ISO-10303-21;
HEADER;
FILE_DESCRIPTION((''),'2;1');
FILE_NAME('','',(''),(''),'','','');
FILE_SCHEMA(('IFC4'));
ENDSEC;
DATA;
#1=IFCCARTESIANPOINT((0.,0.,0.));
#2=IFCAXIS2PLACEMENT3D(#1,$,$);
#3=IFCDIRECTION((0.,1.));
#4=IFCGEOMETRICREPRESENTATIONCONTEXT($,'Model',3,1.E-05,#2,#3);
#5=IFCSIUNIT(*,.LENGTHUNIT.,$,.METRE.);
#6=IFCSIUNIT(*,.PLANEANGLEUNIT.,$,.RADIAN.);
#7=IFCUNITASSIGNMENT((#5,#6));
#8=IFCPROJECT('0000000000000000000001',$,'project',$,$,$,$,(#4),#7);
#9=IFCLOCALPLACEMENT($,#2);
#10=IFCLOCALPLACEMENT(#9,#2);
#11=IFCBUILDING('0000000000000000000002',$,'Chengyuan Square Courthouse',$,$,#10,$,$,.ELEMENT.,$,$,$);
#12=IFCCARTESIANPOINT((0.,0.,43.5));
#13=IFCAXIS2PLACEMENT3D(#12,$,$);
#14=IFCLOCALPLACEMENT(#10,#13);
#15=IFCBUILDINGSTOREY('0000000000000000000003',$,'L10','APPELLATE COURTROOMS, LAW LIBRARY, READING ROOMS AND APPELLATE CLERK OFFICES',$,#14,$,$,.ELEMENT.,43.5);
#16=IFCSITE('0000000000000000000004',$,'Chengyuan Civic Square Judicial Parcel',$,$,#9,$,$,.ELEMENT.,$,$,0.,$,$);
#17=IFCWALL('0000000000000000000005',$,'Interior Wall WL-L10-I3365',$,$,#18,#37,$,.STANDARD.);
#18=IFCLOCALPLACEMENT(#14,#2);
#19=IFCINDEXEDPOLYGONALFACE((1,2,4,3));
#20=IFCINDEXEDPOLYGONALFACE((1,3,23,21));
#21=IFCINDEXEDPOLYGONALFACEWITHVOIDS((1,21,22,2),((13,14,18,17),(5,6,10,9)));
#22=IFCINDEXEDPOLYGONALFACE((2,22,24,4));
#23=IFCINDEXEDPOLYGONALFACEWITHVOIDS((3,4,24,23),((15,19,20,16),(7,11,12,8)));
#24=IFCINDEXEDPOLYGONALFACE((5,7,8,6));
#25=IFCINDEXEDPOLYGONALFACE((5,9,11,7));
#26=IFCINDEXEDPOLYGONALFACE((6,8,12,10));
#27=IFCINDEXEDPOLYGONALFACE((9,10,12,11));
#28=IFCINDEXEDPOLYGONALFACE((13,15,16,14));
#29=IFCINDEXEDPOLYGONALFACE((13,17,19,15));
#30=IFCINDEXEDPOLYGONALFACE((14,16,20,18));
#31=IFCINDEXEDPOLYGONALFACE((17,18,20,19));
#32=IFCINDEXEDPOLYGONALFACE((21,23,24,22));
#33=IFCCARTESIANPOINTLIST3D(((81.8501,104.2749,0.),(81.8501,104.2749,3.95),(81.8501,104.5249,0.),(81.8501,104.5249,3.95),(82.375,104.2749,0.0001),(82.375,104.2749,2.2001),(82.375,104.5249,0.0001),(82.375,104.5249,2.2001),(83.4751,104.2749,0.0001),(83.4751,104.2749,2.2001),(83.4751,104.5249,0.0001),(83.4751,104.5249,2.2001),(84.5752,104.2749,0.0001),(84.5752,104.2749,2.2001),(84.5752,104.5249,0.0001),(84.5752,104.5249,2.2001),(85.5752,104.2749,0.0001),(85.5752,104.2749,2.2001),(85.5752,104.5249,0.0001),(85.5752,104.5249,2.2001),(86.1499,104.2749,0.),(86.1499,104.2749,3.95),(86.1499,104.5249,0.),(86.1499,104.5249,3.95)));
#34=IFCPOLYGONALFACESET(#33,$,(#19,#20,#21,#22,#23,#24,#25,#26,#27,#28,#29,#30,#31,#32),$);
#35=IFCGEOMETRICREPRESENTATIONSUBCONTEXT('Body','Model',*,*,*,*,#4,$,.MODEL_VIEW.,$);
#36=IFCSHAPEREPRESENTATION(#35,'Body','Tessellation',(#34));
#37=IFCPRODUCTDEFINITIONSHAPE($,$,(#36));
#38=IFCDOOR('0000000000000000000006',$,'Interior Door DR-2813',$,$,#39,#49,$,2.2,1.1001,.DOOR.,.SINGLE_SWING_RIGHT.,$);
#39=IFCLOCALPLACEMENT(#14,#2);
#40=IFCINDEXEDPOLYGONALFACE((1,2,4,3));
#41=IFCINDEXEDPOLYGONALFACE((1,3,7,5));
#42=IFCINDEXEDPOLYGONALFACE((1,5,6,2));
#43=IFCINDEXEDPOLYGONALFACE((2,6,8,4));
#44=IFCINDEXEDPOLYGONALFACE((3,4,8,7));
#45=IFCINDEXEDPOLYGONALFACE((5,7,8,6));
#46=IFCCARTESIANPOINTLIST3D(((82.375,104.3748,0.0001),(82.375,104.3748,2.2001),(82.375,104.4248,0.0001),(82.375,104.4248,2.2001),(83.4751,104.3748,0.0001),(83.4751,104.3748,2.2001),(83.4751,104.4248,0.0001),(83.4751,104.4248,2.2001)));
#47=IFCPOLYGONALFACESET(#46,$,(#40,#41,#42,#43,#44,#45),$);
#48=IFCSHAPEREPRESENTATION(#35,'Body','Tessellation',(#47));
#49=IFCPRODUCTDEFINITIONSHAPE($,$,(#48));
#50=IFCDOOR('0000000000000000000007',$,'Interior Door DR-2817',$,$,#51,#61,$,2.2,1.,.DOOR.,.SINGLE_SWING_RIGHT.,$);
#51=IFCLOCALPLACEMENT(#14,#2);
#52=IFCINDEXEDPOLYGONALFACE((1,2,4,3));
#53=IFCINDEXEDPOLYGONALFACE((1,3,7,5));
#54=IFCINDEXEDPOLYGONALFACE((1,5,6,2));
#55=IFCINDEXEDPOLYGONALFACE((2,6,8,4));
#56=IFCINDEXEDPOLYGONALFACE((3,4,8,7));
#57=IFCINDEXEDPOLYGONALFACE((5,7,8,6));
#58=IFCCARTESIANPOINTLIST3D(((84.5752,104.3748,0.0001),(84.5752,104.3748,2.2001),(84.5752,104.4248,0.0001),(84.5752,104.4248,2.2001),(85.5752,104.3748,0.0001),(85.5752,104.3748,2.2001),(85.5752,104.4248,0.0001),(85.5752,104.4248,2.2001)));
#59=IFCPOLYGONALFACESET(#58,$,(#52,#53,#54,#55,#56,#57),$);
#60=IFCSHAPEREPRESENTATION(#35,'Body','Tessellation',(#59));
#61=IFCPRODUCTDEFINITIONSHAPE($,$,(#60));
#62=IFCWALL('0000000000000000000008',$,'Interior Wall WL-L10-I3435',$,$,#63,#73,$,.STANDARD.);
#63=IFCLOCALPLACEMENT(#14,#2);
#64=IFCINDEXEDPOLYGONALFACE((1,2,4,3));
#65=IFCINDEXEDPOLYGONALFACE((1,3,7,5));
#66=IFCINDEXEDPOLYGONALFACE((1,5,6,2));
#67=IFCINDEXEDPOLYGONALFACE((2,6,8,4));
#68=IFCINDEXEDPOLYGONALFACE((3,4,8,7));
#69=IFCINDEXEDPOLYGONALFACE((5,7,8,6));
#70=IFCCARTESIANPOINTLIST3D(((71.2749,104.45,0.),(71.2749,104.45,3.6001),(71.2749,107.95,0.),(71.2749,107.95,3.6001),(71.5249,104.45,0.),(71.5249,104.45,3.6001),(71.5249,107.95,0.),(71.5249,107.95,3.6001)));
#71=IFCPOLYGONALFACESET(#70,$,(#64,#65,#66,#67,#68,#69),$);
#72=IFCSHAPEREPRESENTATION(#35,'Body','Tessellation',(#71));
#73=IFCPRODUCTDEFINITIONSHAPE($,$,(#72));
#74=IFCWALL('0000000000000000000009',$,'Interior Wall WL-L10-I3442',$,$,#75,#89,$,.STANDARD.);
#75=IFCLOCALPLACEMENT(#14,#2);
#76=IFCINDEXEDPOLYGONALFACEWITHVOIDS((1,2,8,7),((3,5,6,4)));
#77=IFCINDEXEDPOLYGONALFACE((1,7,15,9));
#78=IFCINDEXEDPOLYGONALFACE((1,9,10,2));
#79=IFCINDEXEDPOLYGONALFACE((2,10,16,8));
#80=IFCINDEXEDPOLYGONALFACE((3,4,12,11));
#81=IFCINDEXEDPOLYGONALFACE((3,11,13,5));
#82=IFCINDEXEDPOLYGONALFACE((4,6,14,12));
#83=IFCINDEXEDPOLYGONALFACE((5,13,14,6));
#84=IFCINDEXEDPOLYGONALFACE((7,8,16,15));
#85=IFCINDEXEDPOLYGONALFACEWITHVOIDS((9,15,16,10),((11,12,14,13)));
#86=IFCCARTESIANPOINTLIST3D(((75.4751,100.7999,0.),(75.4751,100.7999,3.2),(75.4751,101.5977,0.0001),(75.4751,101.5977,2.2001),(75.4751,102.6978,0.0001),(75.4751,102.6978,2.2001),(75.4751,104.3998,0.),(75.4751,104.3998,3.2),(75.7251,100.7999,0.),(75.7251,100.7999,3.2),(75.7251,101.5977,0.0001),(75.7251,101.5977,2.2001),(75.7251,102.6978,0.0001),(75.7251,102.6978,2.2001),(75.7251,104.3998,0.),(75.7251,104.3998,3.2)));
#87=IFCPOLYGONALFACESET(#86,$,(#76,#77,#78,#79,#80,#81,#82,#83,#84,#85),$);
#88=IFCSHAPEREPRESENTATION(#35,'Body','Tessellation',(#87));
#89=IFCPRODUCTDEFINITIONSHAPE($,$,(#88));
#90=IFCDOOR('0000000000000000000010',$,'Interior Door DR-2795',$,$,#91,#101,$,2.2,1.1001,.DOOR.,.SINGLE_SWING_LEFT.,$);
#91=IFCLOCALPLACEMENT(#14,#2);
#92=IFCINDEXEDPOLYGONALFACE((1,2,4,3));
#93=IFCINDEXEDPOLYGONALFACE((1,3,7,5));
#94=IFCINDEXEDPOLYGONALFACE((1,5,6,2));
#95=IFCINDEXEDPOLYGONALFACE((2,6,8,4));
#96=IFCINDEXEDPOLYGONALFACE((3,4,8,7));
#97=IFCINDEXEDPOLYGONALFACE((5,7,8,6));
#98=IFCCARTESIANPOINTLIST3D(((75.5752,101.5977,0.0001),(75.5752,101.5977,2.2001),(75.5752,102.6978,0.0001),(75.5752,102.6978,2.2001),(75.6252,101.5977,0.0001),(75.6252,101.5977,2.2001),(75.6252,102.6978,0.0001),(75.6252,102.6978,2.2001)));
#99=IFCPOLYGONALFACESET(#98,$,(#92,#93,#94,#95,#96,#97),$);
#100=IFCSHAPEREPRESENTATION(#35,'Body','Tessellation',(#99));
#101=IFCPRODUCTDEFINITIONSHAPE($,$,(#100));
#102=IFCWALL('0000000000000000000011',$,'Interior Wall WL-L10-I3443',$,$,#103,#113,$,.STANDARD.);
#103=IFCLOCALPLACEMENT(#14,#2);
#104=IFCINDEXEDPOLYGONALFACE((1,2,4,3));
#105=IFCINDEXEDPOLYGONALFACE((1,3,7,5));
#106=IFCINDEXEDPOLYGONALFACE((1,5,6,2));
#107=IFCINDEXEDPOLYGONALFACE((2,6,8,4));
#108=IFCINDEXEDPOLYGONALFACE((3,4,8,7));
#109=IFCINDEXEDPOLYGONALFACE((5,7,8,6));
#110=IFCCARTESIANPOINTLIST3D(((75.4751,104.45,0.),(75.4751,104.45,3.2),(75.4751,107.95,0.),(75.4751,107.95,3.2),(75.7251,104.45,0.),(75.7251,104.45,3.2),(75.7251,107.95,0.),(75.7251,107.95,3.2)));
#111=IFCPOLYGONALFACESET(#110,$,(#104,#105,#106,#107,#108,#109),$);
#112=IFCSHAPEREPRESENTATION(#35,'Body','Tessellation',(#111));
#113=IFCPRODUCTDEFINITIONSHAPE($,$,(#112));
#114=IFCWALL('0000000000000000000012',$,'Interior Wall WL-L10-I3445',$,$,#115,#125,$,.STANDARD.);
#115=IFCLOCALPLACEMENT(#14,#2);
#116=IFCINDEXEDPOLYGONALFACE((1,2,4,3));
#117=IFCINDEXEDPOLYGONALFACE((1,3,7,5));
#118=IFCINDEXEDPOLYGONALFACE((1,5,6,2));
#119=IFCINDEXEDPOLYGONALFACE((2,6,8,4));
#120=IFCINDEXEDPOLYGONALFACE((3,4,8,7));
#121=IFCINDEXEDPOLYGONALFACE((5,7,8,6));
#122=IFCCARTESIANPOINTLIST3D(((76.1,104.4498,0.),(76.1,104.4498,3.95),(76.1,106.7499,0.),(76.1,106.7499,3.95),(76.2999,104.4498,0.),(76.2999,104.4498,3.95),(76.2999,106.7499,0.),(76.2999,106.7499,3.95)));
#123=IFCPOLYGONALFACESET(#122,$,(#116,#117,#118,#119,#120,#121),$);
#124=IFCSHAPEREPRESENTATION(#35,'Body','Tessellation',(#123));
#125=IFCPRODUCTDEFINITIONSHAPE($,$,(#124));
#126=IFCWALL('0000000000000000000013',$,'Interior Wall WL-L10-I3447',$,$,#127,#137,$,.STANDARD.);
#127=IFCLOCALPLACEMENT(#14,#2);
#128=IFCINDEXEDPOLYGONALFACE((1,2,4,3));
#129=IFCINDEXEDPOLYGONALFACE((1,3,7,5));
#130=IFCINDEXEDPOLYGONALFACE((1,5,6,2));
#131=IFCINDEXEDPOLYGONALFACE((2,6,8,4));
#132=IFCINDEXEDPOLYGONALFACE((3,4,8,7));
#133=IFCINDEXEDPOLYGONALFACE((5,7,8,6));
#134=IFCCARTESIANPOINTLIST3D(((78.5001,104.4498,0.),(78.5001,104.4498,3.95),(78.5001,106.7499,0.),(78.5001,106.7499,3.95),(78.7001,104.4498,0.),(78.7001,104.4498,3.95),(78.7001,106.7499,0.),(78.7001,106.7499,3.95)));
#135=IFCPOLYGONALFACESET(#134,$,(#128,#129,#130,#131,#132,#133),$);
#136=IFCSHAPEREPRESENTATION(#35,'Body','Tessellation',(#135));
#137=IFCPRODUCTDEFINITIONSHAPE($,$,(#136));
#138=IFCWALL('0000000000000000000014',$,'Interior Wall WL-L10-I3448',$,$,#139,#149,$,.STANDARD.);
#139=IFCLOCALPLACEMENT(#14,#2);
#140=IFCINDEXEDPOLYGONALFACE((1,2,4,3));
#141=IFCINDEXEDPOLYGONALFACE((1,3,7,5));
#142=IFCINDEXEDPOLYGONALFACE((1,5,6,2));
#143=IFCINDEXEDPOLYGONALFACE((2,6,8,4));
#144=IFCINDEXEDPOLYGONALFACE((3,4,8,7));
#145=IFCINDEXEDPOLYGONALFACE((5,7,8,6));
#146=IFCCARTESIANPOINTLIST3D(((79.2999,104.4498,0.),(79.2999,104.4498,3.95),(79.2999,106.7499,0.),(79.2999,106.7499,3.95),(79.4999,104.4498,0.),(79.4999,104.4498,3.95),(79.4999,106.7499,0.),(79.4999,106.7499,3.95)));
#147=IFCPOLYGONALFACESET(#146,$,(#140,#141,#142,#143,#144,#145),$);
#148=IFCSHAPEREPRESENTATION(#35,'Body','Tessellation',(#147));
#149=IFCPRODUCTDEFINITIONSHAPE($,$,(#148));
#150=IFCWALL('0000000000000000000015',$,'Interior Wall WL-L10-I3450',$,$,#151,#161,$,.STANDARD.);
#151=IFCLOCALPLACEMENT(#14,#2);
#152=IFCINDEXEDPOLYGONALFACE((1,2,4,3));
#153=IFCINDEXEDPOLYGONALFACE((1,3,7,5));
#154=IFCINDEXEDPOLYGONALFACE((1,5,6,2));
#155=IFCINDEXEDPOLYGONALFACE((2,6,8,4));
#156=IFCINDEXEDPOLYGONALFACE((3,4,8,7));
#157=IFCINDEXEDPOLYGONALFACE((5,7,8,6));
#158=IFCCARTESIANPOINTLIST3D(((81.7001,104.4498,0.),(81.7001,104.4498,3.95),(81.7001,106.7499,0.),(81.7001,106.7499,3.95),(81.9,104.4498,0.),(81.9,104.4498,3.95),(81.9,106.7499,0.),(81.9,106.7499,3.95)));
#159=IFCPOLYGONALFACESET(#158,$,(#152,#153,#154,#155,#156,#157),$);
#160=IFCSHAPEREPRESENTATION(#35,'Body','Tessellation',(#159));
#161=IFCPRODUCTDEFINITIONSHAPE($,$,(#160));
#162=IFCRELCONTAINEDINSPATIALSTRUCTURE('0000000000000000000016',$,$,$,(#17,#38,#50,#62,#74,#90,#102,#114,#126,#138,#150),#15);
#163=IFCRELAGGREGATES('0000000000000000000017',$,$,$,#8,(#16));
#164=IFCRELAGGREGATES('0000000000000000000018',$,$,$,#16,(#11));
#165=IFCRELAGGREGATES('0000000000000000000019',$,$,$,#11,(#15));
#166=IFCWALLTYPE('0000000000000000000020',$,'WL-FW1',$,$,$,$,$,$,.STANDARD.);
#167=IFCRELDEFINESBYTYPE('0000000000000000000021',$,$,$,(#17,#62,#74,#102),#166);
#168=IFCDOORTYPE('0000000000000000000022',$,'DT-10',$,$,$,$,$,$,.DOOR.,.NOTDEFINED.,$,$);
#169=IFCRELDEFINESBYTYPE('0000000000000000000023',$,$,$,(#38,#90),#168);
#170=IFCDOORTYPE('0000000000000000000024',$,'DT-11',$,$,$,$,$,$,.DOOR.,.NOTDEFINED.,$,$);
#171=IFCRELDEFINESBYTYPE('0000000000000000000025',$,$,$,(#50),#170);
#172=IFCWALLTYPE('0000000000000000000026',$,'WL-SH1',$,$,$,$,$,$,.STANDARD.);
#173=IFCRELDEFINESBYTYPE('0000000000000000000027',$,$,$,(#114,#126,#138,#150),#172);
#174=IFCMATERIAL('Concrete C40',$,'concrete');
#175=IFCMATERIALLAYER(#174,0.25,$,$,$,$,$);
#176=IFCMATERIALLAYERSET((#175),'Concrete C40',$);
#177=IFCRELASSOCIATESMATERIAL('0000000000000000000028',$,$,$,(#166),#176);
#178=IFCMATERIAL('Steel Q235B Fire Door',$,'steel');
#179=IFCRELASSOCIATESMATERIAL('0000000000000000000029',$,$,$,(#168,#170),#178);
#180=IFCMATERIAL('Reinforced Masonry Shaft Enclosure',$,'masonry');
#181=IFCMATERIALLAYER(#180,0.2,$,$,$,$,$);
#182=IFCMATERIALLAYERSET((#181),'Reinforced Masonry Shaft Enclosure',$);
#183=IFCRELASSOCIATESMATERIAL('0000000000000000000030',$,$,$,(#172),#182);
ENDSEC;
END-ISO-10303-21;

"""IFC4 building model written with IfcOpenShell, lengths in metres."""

from ifc_helpers import new_model, si_unit, direction, frame, frame_2d, origin, place, context, subcontext, project, spatial, rectangle, extrude, material, layer, layer_set, type_object, element, fill, save


model = new_model("IFC4")

# Units and contexts
model_context = context("Model", 3, precision=1e-05, world=origin(), true_north=direction((0.0, 1.0)))
body_context = subcontext(model_context, "Body", "Model", "MODEL_VIEW")
ifc_project = project(units=[si_unit("LENGTHUNIT", "METRE"), si_unit("PLANEANGLEUNIT", "RADIAN")], contexts=[model_context])

# Site, building, storey
site_placement = place(None, origin())
site = spatial("IfcSite", under=ifc_project, at=site_placement, Name="Chengyuan Civic Square Judicial Parcel", CompositionType="ELEMENT", RefElevation=0.0)
building_placement = place(site_placement, origin())
building = spatial("IfcBuilding", under=site, at=building_placement, Name="Chengyuan Square Courthouse", CompositionType="ELEMENT")
storey_placement = place(building_placement, frame((0.0, 0.0, 43.5)))
storey = spatial("IfcBuildingStorey", under=building, at=storey_placement, Name="L10", Description="APPELLATE COURTROOMS, LAW LIBRARY, READING ROOMS AND APPELLATE CLERK OFFICES", CompositionType="ELEMENT", Elevation=43.5)

# Shared definitions
ifc_material_1 = material(Name="Concrete C40", Category="concrete")
ifc_layer_1 = layer(ifc_material_1, 0.25)
ifc_layer_set_1 = layer_set([ifc_layer_1], Name="Concrete C40")
wall_type_1 = type_object("IfcWallType", Name="WL-FW1", PredefinedType="STANDARD", material=ifc_layer_set_1)
ifc_material_2 = material(Name="Steel Q235B Fire Door", Category="steel")

# Wall, openings, doors
wall_1_placement = place(storey_placement, frame((81.8501, 104.3999, 0.0), z_axis=(0.0, 0.0, 1.0), x_axis=(1.0, 0.0, 0.0)))
wall_1 = element("IfcWall", 1, at=wall_1_placement, inside=storey, type_object=wall_type_1, Name="Interior Wall WL-L10-I3365", PredefinedType="STANDARD", context=body_context, shape_type="SweptSolid", body=[
    extrude(rectangle(XDim=4.2998, YDim=0.25, at=frame_2d((2.1499, 0.0))), origin(), (0.0, 0.0, 1.0), 3.95),
])
opening_1_placement = place(wall_1_placement, frame((0.5249, 0.0, 0.0)))
opening_1 = element("IfcOpeningElement", 2, at=opening_1_placement, cuts=wall_1, PredefinedType="OPENING", context=body_context, shape_type="SweptSolid", body=[
    extrude(rectangle(XDim=1.1001, YDim=2.2, at=frame_2d((0.55, 1.1001))), frame((0.0, 0.137, 0.0), z_axis=(0.0, -1.0, 0.0), x_axis=(1.0, 0.0, 0.0)), (0.0, 0.0, 1.0), 0.2739),
])
opening_2_placement = place(wall_1_placement, frame((2.7251, 0.0, 0.0)))
opening_2 = element("IfcOpeningElement", 3, at=opening_2_placement, cuts=wall_1, PredefinedType="OPENING", context=body_context, shape_type="SweptSolid", body=[
    extrude(rectangle(XDim=1.0, YDim=2.2, at=frame_2d((0.5, 1.1001))), frame((0.0, 0.137, 0.0), z_axis=(0.0, -1.0, 0.0), x_axis=(1.0, 0.0, 0.0)), (0.0, 0.0, 1.0), 0.2739),
])
door_type_1 = type_object("IfcDoorType", Name="DT-10", OperationType="NOTDEFINED", PredefinedType="DOOR", material=ifc_material_2)
door_1_placement = place(opening_1_placement, origin())
door_1 = element("IfcDoor", 4, at=door_1_placement, inside=storey, type_object=door_type_1, Name="Interior Door DR-2813", OperationType="SINGLE_SWING_RIGHT", OverallHeight=2.2, OverallWidth=1.1001, PredefinedType="DOOR", context=body_context, shape_type="SweptSolid", body=[
    extrude(rectangle(XDim=1.1001, YDim=2.2, at=frame_2d((0.55, 1.1001))), frame((0.0, 0.0249, 0.0), z_axis=(0.0, -1.0, 0.0), x_axis=(1.0, 0.0, 0.0)), (0.0, 0.0, 1.0), 0.05),
])
fill(opening_1, door_1)
door_type_2 = type_object("IfcDoorType", Name="DT-11", OperationType="NOTDEFINED", PredefinedType="DOOR", material=ifc_material_2)
door_2_placement = place(opening_2_placement, origin())
door_2 = element("IfcDoor", 5, at=door_2_placement, inside=storey, type_object=door_type_2, Name="Interior Door DR-2817", OperationType="SINGLE_SWING_RIGHT", OverallHeight=2.2, OverallWidth=1.0, PredefinedType="DOOR", context=body_context, shape_type="SweptSolid", body=[
    extrude(rectangle(XDim=1.0, YDim=2.2, at=frame_2d((0.5, 1.1001))), frame((0.0, 0.0249, 0.0), z_axis=(0.0, -1.0, 0.0), x_axis=(1.0, 0.0, 0.0)), (0.0, 0.0, 1.0), 0.05),
])
fill(opening_2, door_2)

# Wall
wall_2_placement = place(storey_placement, frame((71.3999, 104.45, 0.0), z_axis=(0.0, 0.0, 1.0), x_axis=(0.0, 1.0, 0.0)))
element("IfcWall", 6, at=wall_2_placement, inside=storey, type_object=wall_type_1, Name="Interior Wall WL-L10-I3435", PredefinedType="STANDARD", context=body_context, shape_type="SweptSolid", body=[
    extrude(rectangle(XDim=3.5, YDim=0.25, at=frame_2d((1.75, 0.0))), origin(), (0.0, 0.0, 1.0), 3.6001),
])

# Wall, opening, door
wall_3_placement = place(storey_placement, frame((75.6001, 100.8, 0.0), z_axis=(0.0, 0.0, 1.0), x_axis=(0.0, 1.0, 0.0)))
wall_3 = element("IfcWall", 7, at=wall_3_placement, inside=storey, type_object=wall_type_1, Name="Interior Wall WL-L10-I3442", PredefinedType="STANDARD", context=body_context, shape_type="SweptSolid", body=[
    extrude(rectangle(XDim=3.5999, YDim=0.25, at=frame_2d((1.7998, 0.0))), origin(), (0.0, 0.0, 1.0), 3.2),
])
opening_3_placement = place(wall_3_placement, frame((0.7976, 0.0, 0.0)))
opening_3 = element("IfcOpeningElement", 8, at=opening_3_placement, cuts=wall_3, PredefinedType="OPENING", context=body_context, shape_type="SweptSolid", body=[
    extrude(rectangle(XDim=1.1001, YDim=2.2, at=frame_2d((0.55, 1.1001))), frame((0.0, 0.137, 0.0), z_axis=(0.0, -1.0, 0.0), x_axis=(1.0, 0.0, 0.0)), (0.0, 0.0, 1.0), 0.2739),
])
door_3_placement = place(opening_3_placement, origin())
door_3 = element("IfcDoor", 9, at=door_3_placement, inside=storey, type_object=door_type_1, Name="Interior Door DR-2795", OperationType="SINGLE_SWING_LEFT", OverallHeight=2.2, OverallWidth=1.1001, PredefinedType="DOOR", context=body_context, shape_type="SweptSolid", body=[
    extrude(rectangle(XDim=1.1001, YDim=2.2, at=frame_2d((0.55, 1.1001))), frame((0.0, 0.0249, 0.0), z_axis=(0.0, -1.0, 0.0), x_axis=(1.0, 0.0, 0.0)), (0.0, 0.0, 1.0), 0.05),
])
fill(opening_3, door_3)

# Wall
wall_4_placement = place(storey_placement, frame((75.6001, 104.45, 0.0), z_axis=(0.0, 0.0, 1.0), x_axis=(0.0, 1.0, 0.0)))
element("IfcWall", 10, at=wall_4_placement, inside=storey, type_object=wall_type_1, Name="Interior Wall WL-L10-I3443", PredefinedType="STANDARD", context=body_context, shape_type="SweptSolid", body=[
    extrude(rectangle(XDim=3.5, YDim=0.25, at=frame_2d((1.75, 0.0))), origin(), (0.0, 0.0, 1.0), 3.2),
])

# Shared definitions
ifc_material_3 = material(Name="Reinforced Masonry Shaft Enclosure", Category="masonry")
ifc_layer_2 = layer(ifc_material_3, 0.2)
ifc_layer_set_2 = layer_set([ifc_layer_2], Name="Reinforced Masonry Shaft Enclosure")
wall_type_2 = type_object("IfcWallType", Name="WL-SH1", PredefinedType="STANDARD", material=ifc_layer_set_2)

# Walls
for number, where, z_axis, x_axis, name in (
    (11, (76.2, 104.45, 0.0), (0.0, 0.0, 1.0), (0.0, 1.0, 0.0), "Interior Wall WL-L10-I3445"),
    (12, (78.6001, 104.45, 0.0), (0.0, 0.0, 1.0), (0.0, 1.0, 0.0), "Interior Wall WL-L10-I3447"),
    (13, (79.3999, 104.45, 0.0), (0.0, 0.0, 1.0), (0.0, 1.0, 0.0), "Interior Wall WL-L10-I3448"),
    (14, (81.8, 104.45, 0.0), (0.0, 0.0, 1.0), (0.0, 1.0, 0.0), "Interior Wall WL-L10-I3450"),
):
    element("IfcWall", number, at=place(storey_placement, frame(where, z_axis=z_axis, x_axis=x_axis)), inside=storey, type_object=wall_type_2, Name=name, PredefinedType="STANDARD", context=body_context, shape_type="SweptSolid", body=[
        extrude(rectangle(XDim=2.3, YDim=0.2, at=frame_2d((1.1499, 0.0))), origin(), (0.0, 0.0, 1.0), 3.95),
    ])

save(model, "model.ifc")
